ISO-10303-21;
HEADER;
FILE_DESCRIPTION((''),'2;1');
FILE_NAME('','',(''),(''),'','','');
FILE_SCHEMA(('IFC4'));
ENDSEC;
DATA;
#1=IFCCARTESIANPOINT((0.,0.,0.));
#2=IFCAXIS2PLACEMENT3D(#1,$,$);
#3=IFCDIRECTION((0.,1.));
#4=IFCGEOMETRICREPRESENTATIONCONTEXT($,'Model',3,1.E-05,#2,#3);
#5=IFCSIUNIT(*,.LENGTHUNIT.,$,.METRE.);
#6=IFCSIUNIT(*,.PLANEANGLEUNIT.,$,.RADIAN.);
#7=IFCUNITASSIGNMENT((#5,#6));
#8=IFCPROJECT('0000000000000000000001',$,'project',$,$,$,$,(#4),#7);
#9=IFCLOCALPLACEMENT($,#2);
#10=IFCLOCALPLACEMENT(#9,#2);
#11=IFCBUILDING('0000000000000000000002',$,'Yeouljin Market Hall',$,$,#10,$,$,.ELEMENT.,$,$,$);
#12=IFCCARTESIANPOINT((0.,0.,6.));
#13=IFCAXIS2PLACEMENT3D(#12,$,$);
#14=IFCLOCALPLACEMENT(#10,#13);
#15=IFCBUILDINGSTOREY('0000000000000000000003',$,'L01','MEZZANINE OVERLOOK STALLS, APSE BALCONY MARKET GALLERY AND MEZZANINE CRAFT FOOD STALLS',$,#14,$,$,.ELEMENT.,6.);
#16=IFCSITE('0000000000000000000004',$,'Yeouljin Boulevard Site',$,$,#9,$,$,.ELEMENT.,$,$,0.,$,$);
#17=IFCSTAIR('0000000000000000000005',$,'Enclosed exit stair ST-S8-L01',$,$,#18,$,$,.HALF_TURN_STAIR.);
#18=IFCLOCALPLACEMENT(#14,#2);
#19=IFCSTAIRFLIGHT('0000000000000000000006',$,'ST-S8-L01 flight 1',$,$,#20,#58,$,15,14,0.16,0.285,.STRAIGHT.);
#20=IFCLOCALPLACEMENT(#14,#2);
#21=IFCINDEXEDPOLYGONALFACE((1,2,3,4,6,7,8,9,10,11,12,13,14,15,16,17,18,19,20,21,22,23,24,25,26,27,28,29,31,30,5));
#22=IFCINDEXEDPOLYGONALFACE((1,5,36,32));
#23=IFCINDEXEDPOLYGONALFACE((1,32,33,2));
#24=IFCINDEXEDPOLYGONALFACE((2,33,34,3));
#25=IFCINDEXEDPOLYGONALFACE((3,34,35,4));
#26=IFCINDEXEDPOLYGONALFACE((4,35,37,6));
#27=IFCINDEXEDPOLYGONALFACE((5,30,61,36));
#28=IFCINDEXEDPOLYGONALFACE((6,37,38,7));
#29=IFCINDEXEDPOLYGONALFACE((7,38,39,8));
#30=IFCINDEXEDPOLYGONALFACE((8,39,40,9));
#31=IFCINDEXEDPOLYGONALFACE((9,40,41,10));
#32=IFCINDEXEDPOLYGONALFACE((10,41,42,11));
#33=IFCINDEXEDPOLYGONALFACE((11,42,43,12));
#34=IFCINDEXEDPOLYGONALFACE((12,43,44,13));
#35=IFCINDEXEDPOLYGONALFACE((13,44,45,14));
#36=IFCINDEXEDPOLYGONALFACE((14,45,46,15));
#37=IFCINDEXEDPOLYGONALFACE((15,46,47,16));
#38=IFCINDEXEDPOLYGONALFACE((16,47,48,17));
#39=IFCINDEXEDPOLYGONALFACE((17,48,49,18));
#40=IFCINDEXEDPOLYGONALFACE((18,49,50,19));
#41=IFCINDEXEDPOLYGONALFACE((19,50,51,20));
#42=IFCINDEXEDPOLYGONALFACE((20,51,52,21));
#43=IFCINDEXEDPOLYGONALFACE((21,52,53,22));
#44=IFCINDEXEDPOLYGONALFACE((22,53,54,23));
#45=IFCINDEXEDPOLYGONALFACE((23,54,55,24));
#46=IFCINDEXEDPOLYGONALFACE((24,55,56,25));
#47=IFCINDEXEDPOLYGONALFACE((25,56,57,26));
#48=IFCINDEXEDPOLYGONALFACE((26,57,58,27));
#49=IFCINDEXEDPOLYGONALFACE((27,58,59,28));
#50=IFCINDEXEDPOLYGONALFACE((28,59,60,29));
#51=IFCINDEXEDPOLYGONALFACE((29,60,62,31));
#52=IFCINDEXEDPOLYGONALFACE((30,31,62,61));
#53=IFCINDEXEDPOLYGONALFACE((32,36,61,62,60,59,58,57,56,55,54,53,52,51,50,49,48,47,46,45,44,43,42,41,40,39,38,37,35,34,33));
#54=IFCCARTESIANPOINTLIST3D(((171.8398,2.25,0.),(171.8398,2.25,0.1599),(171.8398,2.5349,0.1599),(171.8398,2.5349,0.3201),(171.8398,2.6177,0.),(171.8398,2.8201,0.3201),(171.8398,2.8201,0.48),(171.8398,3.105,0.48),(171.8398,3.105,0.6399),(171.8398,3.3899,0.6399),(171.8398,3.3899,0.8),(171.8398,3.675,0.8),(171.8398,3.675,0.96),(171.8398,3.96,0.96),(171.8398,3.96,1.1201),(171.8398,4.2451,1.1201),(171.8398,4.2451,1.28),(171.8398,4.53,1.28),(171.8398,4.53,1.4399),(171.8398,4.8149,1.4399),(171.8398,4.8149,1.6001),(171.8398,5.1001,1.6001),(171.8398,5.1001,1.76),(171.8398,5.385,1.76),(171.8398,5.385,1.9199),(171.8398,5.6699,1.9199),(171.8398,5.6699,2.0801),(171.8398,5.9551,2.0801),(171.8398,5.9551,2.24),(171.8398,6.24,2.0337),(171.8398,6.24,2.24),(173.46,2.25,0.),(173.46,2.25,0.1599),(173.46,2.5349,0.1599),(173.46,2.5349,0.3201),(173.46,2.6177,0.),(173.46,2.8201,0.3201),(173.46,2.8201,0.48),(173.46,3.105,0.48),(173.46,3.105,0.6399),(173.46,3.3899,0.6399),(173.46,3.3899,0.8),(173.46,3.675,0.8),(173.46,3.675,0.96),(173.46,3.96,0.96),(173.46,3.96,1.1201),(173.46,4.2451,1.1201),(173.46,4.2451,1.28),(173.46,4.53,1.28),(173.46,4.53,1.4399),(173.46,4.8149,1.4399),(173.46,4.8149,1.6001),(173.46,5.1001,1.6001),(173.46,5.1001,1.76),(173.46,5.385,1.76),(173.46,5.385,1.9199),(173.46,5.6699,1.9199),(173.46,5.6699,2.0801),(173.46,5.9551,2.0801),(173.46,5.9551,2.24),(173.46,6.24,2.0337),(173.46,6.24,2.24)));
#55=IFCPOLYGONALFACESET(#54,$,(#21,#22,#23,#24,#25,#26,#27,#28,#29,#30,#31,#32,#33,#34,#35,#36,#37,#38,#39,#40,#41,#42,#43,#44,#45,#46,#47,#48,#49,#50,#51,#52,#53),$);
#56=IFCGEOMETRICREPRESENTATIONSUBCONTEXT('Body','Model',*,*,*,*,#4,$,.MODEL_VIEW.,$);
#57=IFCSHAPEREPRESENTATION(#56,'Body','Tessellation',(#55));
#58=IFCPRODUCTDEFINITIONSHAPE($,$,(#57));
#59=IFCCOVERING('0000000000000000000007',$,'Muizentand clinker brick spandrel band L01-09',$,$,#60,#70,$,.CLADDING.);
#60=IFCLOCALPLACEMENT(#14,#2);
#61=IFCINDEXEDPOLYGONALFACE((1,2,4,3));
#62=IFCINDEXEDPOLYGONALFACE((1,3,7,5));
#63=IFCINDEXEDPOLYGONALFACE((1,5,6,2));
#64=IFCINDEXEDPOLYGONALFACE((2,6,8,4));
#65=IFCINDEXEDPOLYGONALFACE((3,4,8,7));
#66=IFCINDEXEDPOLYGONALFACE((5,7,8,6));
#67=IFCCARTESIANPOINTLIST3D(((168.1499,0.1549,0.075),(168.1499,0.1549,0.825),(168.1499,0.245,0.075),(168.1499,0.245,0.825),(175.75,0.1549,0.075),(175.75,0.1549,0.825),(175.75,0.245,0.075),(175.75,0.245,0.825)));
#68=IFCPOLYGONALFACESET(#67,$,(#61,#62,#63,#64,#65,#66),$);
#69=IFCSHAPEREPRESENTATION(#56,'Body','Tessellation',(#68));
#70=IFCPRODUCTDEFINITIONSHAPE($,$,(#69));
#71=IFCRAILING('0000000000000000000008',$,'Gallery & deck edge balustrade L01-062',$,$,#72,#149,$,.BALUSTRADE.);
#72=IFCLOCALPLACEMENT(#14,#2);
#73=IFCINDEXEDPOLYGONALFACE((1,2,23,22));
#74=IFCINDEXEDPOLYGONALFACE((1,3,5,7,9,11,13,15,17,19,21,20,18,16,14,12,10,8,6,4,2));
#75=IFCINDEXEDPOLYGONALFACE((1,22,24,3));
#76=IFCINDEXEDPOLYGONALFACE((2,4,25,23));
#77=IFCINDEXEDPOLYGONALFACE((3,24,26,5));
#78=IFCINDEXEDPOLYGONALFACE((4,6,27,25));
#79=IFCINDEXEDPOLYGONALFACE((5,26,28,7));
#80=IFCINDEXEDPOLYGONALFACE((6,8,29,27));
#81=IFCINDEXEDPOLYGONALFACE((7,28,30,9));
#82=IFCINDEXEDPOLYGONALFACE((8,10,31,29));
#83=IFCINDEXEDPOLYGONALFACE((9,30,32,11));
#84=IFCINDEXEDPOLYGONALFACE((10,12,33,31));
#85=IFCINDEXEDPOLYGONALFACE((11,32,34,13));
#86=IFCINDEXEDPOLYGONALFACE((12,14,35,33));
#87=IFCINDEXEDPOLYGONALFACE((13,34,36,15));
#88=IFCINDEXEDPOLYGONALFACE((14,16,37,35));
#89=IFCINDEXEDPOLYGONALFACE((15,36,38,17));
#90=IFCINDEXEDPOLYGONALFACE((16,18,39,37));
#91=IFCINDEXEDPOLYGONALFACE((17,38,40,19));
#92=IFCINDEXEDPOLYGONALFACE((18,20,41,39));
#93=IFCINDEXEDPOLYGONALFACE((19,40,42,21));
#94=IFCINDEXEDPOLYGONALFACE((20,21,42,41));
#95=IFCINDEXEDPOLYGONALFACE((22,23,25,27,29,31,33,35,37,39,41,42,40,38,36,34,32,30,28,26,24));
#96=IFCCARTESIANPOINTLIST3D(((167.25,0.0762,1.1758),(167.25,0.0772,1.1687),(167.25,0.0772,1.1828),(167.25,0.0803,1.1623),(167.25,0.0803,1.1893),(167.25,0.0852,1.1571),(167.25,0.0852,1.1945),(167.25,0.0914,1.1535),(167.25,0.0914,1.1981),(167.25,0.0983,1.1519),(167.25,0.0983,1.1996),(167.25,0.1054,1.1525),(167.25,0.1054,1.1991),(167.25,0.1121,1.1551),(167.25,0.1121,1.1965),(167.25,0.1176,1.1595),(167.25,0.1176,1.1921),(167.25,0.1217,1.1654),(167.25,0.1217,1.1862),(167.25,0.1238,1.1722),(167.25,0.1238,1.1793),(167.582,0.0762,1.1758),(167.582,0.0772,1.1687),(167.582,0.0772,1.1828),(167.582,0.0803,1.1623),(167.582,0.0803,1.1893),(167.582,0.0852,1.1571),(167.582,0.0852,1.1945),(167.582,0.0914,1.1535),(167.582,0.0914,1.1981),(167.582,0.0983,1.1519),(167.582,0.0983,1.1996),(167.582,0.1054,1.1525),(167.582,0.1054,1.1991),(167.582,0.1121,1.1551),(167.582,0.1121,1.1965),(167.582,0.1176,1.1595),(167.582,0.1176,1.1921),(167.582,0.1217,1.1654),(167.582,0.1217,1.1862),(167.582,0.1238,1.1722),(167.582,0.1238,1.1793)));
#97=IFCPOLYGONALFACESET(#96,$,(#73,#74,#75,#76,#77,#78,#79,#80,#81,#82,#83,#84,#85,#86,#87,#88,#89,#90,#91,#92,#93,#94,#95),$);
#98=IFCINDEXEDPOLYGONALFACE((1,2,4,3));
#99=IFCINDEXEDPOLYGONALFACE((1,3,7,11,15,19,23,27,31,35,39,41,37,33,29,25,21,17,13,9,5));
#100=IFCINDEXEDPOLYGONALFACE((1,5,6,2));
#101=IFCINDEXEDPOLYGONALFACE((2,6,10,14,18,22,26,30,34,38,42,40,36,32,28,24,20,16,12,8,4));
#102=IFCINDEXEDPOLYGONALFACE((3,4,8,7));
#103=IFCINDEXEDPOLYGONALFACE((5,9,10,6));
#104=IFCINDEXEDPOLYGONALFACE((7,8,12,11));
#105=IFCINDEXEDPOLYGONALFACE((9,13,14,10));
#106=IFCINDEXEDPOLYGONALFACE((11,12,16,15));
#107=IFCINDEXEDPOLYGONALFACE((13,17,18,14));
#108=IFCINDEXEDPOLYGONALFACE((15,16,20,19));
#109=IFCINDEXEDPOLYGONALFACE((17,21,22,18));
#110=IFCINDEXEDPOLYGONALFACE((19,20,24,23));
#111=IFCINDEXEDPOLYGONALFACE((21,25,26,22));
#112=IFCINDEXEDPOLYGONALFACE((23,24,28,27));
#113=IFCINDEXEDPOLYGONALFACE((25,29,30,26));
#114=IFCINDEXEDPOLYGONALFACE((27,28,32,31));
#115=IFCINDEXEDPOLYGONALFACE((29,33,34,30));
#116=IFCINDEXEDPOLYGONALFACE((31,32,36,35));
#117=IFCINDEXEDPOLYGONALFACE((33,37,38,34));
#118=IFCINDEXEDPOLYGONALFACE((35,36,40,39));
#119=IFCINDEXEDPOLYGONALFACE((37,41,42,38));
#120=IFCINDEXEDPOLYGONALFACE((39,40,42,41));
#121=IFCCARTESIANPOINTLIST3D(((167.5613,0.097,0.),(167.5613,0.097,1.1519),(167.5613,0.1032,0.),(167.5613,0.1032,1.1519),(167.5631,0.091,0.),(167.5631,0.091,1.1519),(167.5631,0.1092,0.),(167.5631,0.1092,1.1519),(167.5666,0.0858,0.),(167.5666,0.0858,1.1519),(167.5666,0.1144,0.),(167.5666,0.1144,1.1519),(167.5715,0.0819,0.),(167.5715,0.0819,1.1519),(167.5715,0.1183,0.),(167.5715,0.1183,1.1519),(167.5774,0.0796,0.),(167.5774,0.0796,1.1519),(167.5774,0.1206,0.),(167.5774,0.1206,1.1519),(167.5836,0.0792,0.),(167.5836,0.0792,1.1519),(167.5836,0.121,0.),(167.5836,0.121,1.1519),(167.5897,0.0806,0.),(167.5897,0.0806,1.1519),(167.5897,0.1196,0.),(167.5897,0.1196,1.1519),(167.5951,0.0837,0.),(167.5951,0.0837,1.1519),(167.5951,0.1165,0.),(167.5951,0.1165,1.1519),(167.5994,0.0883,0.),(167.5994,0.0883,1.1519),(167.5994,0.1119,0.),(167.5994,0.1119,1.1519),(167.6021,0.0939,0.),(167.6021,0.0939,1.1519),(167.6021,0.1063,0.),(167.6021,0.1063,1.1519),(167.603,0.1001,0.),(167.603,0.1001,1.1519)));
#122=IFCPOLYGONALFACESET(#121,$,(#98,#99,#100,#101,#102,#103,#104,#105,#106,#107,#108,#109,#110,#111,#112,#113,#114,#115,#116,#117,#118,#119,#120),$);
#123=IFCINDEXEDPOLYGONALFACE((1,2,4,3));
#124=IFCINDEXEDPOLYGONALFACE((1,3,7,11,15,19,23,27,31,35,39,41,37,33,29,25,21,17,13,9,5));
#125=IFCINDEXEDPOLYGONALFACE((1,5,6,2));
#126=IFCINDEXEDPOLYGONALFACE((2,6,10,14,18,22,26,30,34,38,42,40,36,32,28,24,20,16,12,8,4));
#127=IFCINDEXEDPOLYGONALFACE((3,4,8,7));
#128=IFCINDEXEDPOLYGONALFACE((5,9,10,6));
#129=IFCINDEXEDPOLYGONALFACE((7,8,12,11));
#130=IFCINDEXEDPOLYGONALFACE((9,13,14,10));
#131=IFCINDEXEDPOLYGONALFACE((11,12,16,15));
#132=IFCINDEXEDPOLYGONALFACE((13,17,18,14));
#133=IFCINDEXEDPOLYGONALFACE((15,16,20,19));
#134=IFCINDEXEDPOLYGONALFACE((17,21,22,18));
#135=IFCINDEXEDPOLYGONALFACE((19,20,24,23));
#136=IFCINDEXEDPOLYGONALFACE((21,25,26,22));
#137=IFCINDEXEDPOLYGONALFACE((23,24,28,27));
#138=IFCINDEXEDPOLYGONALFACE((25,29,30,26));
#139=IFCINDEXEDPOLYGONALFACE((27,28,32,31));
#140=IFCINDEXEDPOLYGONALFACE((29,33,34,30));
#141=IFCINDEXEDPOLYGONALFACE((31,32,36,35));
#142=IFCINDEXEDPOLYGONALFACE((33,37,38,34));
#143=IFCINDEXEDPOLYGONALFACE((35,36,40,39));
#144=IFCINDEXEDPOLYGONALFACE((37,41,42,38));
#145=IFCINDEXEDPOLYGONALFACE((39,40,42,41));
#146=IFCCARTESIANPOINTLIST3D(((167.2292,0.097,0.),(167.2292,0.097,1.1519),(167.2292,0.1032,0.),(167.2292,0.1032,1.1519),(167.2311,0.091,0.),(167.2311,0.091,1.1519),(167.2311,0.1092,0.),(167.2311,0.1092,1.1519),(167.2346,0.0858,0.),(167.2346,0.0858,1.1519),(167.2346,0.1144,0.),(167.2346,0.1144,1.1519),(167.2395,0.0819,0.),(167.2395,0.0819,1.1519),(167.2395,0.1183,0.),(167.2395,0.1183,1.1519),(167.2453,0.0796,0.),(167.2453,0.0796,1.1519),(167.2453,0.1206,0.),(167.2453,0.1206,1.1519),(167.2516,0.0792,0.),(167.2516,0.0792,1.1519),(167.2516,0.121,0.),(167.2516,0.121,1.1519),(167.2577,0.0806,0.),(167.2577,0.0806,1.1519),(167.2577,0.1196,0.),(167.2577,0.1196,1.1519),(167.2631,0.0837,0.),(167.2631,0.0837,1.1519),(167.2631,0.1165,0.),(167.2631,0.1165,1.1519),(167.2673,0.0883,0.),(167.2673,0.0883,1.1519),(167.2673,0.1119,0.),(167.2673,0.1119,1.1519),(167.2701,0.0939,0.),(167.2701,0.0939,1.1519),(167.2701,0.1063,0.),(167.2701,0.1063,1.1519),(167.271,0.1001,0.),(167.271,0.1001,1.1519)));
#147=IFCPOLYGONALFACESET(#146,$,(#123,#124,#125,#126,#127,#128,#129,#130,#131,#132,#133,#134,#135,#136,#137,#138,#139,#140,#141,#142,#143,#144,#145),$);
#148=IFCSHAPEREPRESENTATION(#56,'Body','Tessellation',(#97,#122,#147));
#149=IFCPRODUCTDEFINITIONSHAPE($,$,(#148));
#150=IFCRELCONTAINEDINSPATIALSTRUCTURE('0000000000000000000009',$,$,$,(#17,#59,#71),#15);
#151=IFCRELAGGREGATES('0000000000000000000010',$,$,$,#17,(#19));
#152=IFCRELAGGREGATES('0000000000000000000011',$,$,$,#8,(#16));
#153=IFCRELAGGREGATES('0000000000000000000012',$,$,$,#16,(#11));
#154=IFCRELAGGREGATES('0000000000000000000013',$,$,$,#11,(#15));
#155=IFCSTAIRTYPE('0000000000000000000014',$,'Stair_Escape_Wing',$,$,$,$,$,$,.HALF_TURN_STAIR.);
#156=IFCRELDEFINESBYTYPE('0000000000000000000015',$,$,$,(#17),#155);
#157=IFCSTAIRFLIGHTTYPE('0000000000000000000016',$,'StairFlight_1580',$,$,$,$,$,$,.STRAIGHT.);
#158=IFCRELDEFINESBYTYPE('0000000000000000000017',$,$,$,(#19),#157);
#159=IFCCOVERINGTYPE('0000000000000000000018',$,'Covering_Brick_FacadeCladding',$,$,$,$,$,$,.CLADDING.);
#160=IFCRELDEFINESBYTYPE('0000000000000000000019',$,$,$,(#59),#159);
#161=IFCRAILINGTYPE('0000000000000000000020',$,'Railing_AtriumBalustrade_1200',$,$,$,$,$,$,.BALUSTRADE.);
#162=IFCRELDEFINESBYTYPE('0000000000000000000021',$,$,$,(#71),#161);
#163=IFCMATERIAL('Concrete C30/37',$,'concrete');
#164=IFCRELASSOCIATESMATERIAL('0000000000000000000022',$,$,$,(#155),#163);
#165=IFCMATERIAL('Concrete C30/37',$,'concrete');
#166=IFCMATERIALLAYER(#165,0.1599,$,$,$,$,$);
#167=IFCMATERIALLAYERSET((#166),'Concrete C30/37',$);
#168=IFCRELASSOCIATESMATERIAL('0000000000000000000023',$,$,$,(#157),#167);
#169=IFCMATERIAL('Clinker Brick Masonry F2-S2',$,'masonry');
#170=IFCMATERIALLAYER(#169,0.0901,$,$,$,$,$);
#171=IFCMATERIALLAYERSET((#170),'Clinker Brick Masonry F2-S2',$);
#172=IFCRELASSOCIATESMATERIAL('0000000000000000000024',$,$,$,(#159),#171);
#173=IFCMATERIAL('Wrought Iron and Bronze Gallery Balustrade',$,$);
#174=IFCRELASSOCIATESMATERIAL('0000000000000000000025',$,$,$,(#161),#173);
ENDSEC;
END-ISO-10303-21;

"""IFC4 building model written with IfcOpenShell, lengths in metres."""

from ifc_helpers import new_model, si_unit, direction, frame, origin, origin_2d, place, context, subcontext, project, spatial, polyline, rectangle, circle, outline, extrude, material, layer, layer_set, type_object, element, aggregate, save


model = new_model("IFC4")

# Units and contexts
model_context = context("Model", 3, precision=1e-05, world=origin(), true_north=direction((0.0, 1.0)))
body_context = subcontext(model_context, "Body", "Model", "MODEL_VIEW")
ifc_project = project(units=[si_unit("LENGTHUNIT", "METRE"), si_unit("PLANEANGLEUNIT", "RADIAN")], contexts=[model_context])

# Site, building, storey
site_placement = place(None, origin())
site = spatial("IfcSite", under=ifc_project, at=site_placement, Name="Yeouljin Boulevard Site", CompositionType="ELEMENT", RefElevation=0.0)
building_placement = place(site_placement, origin())
building = spatial("IfcBuilding", under=site, at=building_placement, Name="Yeouljin Market Hall", CompositionType="ELEMENT")
storey_placement = place(building_placement, frame((0.0, 0.0, 6.0)))
storey = spatial("IfcBuildingStorey", under=building, at=storey_placement, Name="L01", Description="MEZZANINE OVERLOOK STALLS, APSE BALCONY MARKET GALLERY AND MEZZANINE CRAFT FOOD STALLS", CompositionType="ELEMENT", Elevation=6.0)

# Stair, stair flight
ifc_material_1 = material(Name="Concrete C30/37", Category="concrete")
stair_type = type_object("IfcStairType", Name="Stair_Escape_Wing", PredefinedType="HALF_TURN_STAIR", material=ifc_material_1)
stair_placement = place(storey_placement, origin())
stair = element("IfcStair", 1, at=stair_placement, inside=storey, type_object=stair_type, Name="Enclosed exit stair ST-S8-L01", PredefinedType="HALF_TURN_STAIR")
ifc_material_2 = material(Name="Concrete C30/37", Category="concrete")
ifc_layer_1 = layer(ifc_material_2, 0.1599)
ifc_layer_set_1 = layer_set([ifc_layer_1], Name="Concrete C30/37")
stair_flight_type = type_object("IfcStairFlightType", Name="StairFlight_1580", PredefinedType="STRAIGHT", material=ifc_layer_set_1)
stair_flight_placement = place(storey_placement, frame((172.6499, 2.25, 0.0), z_axis=(0.0, 0.0, 1.0), x_axis=(0.0, 1.0, 0.0)))
stair_flight = element("IfcStairFlight", 2, at=stair_flight_placement, type_object=stair_flight_type, Name="ST-S8-L01 flight 1", NumberOfRisers=15, NumberOfTreads=14, PredefinedType="STRAIGHT", RiserHeight=0.16, TreadLength=0.285, context=body_context, shape_type="SweptSolid", body=[
    extrude(outline(polyline([(0.0, 0.0), (0.0, 0.1599), (0.2849, 0.1599), (0.2849, 0.3201), (0.5701, 0.3201), (0.5701, 0.48), (0.855, 0.48), (0.855, 0.6399), (1.1399, 0.6399), (1.1399, 0.8), (1.425, 0.8), (1.425, 0.96), (1.71, 0.96), (1.71, 1.1201), (1.9951, 1.1201), (1.9951, 1.28), (2.28, 1.28), (2.28, 1.4399), (2.5649, 1.4399), (2.5649, 1.6001), (2.8501, 1.6001), (2.8501, 1.76), (3.135, 1.76), (3.135, 1.9199), (3.4199, 1.9199), (3.4199, 2.0801), (3.7051, 2.0801), (3.7051, 2.24), (3.99, 2.24), (3.99, 2.3999), (3.99, 2.0337), (0.3677, 0.0), (0.0, 0.0)])), frame((0.0, 0.8101, 0.0), z_axis=(0.0, -1.0, 0.0), x_axis=(1.0, 0.0, 0.0)), (0.0, 0.0, 1.0), 1.6201),
])
aggregate(stair, [stair_flight])

# Covering
ifc_material_3 = material(Name="Clinker Brick Masonry F2-S2", Category="masonry")
ifc_layer_2 = layer(ifc_material_3, 0.0901)
ifc_layer_set_2 = layer_set([ifc_layer_2], Name="Clinker Brick Masonry F2-S2")
covering_type = type_object("IfcCoveringType", Name="Covering_Brick_FacadeCladding", PredefinedType="CLADDING", material=ifc_layer_set_2)
covering_placement = place(storey_placement, frame((171.95, 0.2, 0.075), z_axis=(0.0, 0.0, 1.0), x_axis=(-1.0, 0.0, 0.0)))
element("IfcCovering", 3, at=covering_placement, inside=storey, type_object=covering_type, Name="Muizentand clinker brick spandrel band L01-09", PredefinedType="CLADDING", context=body_context, shape_type="SweptSolid", body=[
    extrude(rectangle(XDim=7.6001, YDim=0.0901, at=origin_2d()), origin(), (0.0, 0.0, 1.0), 0.75),
])

# Railing
ifc_material_4 = material(Name="Wrought Iron and Bronze Gallery Balustrade")
railing_type_1 = type_object("IfcRailingType", Name="Railing_AtriumBalustrade_1200", PredefinedType="BALUSTRADE", material=ifc_material_4)
railing_1_placement = place(storey_placement, frame((167.582, 0.1001, 0.0)))
element("IfcRailing", 4, at=railing_1_placement, inside=storey, type_object=railing_type_1, Name="Gallery & deck edge balustrade L01-062", PredefinedType="BALUSTRADE", context=body_context, shape_type="SweptSolid", body=[
    extrude(circle(Radius=0.0239, at=origin_2d()), frame((0.0, 0.0, 1.1758), z_axis=(-1.0, 0.0, 0.0), x_axis=(0.0, -1.0, 0.0)), (0.0, 0.0, 1.0), 0.332),
    extrude(circle(Radius=0.021, at=origin_2d()), origin(), (0.0, 0.0, 1.0), 1.1519),
    extrude(circle(Radius=0.021, at=origin_2d()), frame((-0.332, 0.0, 0.0)), (0.0, 0.0, 1.0), 1.1519),
])

save(model, "model.ifc")
